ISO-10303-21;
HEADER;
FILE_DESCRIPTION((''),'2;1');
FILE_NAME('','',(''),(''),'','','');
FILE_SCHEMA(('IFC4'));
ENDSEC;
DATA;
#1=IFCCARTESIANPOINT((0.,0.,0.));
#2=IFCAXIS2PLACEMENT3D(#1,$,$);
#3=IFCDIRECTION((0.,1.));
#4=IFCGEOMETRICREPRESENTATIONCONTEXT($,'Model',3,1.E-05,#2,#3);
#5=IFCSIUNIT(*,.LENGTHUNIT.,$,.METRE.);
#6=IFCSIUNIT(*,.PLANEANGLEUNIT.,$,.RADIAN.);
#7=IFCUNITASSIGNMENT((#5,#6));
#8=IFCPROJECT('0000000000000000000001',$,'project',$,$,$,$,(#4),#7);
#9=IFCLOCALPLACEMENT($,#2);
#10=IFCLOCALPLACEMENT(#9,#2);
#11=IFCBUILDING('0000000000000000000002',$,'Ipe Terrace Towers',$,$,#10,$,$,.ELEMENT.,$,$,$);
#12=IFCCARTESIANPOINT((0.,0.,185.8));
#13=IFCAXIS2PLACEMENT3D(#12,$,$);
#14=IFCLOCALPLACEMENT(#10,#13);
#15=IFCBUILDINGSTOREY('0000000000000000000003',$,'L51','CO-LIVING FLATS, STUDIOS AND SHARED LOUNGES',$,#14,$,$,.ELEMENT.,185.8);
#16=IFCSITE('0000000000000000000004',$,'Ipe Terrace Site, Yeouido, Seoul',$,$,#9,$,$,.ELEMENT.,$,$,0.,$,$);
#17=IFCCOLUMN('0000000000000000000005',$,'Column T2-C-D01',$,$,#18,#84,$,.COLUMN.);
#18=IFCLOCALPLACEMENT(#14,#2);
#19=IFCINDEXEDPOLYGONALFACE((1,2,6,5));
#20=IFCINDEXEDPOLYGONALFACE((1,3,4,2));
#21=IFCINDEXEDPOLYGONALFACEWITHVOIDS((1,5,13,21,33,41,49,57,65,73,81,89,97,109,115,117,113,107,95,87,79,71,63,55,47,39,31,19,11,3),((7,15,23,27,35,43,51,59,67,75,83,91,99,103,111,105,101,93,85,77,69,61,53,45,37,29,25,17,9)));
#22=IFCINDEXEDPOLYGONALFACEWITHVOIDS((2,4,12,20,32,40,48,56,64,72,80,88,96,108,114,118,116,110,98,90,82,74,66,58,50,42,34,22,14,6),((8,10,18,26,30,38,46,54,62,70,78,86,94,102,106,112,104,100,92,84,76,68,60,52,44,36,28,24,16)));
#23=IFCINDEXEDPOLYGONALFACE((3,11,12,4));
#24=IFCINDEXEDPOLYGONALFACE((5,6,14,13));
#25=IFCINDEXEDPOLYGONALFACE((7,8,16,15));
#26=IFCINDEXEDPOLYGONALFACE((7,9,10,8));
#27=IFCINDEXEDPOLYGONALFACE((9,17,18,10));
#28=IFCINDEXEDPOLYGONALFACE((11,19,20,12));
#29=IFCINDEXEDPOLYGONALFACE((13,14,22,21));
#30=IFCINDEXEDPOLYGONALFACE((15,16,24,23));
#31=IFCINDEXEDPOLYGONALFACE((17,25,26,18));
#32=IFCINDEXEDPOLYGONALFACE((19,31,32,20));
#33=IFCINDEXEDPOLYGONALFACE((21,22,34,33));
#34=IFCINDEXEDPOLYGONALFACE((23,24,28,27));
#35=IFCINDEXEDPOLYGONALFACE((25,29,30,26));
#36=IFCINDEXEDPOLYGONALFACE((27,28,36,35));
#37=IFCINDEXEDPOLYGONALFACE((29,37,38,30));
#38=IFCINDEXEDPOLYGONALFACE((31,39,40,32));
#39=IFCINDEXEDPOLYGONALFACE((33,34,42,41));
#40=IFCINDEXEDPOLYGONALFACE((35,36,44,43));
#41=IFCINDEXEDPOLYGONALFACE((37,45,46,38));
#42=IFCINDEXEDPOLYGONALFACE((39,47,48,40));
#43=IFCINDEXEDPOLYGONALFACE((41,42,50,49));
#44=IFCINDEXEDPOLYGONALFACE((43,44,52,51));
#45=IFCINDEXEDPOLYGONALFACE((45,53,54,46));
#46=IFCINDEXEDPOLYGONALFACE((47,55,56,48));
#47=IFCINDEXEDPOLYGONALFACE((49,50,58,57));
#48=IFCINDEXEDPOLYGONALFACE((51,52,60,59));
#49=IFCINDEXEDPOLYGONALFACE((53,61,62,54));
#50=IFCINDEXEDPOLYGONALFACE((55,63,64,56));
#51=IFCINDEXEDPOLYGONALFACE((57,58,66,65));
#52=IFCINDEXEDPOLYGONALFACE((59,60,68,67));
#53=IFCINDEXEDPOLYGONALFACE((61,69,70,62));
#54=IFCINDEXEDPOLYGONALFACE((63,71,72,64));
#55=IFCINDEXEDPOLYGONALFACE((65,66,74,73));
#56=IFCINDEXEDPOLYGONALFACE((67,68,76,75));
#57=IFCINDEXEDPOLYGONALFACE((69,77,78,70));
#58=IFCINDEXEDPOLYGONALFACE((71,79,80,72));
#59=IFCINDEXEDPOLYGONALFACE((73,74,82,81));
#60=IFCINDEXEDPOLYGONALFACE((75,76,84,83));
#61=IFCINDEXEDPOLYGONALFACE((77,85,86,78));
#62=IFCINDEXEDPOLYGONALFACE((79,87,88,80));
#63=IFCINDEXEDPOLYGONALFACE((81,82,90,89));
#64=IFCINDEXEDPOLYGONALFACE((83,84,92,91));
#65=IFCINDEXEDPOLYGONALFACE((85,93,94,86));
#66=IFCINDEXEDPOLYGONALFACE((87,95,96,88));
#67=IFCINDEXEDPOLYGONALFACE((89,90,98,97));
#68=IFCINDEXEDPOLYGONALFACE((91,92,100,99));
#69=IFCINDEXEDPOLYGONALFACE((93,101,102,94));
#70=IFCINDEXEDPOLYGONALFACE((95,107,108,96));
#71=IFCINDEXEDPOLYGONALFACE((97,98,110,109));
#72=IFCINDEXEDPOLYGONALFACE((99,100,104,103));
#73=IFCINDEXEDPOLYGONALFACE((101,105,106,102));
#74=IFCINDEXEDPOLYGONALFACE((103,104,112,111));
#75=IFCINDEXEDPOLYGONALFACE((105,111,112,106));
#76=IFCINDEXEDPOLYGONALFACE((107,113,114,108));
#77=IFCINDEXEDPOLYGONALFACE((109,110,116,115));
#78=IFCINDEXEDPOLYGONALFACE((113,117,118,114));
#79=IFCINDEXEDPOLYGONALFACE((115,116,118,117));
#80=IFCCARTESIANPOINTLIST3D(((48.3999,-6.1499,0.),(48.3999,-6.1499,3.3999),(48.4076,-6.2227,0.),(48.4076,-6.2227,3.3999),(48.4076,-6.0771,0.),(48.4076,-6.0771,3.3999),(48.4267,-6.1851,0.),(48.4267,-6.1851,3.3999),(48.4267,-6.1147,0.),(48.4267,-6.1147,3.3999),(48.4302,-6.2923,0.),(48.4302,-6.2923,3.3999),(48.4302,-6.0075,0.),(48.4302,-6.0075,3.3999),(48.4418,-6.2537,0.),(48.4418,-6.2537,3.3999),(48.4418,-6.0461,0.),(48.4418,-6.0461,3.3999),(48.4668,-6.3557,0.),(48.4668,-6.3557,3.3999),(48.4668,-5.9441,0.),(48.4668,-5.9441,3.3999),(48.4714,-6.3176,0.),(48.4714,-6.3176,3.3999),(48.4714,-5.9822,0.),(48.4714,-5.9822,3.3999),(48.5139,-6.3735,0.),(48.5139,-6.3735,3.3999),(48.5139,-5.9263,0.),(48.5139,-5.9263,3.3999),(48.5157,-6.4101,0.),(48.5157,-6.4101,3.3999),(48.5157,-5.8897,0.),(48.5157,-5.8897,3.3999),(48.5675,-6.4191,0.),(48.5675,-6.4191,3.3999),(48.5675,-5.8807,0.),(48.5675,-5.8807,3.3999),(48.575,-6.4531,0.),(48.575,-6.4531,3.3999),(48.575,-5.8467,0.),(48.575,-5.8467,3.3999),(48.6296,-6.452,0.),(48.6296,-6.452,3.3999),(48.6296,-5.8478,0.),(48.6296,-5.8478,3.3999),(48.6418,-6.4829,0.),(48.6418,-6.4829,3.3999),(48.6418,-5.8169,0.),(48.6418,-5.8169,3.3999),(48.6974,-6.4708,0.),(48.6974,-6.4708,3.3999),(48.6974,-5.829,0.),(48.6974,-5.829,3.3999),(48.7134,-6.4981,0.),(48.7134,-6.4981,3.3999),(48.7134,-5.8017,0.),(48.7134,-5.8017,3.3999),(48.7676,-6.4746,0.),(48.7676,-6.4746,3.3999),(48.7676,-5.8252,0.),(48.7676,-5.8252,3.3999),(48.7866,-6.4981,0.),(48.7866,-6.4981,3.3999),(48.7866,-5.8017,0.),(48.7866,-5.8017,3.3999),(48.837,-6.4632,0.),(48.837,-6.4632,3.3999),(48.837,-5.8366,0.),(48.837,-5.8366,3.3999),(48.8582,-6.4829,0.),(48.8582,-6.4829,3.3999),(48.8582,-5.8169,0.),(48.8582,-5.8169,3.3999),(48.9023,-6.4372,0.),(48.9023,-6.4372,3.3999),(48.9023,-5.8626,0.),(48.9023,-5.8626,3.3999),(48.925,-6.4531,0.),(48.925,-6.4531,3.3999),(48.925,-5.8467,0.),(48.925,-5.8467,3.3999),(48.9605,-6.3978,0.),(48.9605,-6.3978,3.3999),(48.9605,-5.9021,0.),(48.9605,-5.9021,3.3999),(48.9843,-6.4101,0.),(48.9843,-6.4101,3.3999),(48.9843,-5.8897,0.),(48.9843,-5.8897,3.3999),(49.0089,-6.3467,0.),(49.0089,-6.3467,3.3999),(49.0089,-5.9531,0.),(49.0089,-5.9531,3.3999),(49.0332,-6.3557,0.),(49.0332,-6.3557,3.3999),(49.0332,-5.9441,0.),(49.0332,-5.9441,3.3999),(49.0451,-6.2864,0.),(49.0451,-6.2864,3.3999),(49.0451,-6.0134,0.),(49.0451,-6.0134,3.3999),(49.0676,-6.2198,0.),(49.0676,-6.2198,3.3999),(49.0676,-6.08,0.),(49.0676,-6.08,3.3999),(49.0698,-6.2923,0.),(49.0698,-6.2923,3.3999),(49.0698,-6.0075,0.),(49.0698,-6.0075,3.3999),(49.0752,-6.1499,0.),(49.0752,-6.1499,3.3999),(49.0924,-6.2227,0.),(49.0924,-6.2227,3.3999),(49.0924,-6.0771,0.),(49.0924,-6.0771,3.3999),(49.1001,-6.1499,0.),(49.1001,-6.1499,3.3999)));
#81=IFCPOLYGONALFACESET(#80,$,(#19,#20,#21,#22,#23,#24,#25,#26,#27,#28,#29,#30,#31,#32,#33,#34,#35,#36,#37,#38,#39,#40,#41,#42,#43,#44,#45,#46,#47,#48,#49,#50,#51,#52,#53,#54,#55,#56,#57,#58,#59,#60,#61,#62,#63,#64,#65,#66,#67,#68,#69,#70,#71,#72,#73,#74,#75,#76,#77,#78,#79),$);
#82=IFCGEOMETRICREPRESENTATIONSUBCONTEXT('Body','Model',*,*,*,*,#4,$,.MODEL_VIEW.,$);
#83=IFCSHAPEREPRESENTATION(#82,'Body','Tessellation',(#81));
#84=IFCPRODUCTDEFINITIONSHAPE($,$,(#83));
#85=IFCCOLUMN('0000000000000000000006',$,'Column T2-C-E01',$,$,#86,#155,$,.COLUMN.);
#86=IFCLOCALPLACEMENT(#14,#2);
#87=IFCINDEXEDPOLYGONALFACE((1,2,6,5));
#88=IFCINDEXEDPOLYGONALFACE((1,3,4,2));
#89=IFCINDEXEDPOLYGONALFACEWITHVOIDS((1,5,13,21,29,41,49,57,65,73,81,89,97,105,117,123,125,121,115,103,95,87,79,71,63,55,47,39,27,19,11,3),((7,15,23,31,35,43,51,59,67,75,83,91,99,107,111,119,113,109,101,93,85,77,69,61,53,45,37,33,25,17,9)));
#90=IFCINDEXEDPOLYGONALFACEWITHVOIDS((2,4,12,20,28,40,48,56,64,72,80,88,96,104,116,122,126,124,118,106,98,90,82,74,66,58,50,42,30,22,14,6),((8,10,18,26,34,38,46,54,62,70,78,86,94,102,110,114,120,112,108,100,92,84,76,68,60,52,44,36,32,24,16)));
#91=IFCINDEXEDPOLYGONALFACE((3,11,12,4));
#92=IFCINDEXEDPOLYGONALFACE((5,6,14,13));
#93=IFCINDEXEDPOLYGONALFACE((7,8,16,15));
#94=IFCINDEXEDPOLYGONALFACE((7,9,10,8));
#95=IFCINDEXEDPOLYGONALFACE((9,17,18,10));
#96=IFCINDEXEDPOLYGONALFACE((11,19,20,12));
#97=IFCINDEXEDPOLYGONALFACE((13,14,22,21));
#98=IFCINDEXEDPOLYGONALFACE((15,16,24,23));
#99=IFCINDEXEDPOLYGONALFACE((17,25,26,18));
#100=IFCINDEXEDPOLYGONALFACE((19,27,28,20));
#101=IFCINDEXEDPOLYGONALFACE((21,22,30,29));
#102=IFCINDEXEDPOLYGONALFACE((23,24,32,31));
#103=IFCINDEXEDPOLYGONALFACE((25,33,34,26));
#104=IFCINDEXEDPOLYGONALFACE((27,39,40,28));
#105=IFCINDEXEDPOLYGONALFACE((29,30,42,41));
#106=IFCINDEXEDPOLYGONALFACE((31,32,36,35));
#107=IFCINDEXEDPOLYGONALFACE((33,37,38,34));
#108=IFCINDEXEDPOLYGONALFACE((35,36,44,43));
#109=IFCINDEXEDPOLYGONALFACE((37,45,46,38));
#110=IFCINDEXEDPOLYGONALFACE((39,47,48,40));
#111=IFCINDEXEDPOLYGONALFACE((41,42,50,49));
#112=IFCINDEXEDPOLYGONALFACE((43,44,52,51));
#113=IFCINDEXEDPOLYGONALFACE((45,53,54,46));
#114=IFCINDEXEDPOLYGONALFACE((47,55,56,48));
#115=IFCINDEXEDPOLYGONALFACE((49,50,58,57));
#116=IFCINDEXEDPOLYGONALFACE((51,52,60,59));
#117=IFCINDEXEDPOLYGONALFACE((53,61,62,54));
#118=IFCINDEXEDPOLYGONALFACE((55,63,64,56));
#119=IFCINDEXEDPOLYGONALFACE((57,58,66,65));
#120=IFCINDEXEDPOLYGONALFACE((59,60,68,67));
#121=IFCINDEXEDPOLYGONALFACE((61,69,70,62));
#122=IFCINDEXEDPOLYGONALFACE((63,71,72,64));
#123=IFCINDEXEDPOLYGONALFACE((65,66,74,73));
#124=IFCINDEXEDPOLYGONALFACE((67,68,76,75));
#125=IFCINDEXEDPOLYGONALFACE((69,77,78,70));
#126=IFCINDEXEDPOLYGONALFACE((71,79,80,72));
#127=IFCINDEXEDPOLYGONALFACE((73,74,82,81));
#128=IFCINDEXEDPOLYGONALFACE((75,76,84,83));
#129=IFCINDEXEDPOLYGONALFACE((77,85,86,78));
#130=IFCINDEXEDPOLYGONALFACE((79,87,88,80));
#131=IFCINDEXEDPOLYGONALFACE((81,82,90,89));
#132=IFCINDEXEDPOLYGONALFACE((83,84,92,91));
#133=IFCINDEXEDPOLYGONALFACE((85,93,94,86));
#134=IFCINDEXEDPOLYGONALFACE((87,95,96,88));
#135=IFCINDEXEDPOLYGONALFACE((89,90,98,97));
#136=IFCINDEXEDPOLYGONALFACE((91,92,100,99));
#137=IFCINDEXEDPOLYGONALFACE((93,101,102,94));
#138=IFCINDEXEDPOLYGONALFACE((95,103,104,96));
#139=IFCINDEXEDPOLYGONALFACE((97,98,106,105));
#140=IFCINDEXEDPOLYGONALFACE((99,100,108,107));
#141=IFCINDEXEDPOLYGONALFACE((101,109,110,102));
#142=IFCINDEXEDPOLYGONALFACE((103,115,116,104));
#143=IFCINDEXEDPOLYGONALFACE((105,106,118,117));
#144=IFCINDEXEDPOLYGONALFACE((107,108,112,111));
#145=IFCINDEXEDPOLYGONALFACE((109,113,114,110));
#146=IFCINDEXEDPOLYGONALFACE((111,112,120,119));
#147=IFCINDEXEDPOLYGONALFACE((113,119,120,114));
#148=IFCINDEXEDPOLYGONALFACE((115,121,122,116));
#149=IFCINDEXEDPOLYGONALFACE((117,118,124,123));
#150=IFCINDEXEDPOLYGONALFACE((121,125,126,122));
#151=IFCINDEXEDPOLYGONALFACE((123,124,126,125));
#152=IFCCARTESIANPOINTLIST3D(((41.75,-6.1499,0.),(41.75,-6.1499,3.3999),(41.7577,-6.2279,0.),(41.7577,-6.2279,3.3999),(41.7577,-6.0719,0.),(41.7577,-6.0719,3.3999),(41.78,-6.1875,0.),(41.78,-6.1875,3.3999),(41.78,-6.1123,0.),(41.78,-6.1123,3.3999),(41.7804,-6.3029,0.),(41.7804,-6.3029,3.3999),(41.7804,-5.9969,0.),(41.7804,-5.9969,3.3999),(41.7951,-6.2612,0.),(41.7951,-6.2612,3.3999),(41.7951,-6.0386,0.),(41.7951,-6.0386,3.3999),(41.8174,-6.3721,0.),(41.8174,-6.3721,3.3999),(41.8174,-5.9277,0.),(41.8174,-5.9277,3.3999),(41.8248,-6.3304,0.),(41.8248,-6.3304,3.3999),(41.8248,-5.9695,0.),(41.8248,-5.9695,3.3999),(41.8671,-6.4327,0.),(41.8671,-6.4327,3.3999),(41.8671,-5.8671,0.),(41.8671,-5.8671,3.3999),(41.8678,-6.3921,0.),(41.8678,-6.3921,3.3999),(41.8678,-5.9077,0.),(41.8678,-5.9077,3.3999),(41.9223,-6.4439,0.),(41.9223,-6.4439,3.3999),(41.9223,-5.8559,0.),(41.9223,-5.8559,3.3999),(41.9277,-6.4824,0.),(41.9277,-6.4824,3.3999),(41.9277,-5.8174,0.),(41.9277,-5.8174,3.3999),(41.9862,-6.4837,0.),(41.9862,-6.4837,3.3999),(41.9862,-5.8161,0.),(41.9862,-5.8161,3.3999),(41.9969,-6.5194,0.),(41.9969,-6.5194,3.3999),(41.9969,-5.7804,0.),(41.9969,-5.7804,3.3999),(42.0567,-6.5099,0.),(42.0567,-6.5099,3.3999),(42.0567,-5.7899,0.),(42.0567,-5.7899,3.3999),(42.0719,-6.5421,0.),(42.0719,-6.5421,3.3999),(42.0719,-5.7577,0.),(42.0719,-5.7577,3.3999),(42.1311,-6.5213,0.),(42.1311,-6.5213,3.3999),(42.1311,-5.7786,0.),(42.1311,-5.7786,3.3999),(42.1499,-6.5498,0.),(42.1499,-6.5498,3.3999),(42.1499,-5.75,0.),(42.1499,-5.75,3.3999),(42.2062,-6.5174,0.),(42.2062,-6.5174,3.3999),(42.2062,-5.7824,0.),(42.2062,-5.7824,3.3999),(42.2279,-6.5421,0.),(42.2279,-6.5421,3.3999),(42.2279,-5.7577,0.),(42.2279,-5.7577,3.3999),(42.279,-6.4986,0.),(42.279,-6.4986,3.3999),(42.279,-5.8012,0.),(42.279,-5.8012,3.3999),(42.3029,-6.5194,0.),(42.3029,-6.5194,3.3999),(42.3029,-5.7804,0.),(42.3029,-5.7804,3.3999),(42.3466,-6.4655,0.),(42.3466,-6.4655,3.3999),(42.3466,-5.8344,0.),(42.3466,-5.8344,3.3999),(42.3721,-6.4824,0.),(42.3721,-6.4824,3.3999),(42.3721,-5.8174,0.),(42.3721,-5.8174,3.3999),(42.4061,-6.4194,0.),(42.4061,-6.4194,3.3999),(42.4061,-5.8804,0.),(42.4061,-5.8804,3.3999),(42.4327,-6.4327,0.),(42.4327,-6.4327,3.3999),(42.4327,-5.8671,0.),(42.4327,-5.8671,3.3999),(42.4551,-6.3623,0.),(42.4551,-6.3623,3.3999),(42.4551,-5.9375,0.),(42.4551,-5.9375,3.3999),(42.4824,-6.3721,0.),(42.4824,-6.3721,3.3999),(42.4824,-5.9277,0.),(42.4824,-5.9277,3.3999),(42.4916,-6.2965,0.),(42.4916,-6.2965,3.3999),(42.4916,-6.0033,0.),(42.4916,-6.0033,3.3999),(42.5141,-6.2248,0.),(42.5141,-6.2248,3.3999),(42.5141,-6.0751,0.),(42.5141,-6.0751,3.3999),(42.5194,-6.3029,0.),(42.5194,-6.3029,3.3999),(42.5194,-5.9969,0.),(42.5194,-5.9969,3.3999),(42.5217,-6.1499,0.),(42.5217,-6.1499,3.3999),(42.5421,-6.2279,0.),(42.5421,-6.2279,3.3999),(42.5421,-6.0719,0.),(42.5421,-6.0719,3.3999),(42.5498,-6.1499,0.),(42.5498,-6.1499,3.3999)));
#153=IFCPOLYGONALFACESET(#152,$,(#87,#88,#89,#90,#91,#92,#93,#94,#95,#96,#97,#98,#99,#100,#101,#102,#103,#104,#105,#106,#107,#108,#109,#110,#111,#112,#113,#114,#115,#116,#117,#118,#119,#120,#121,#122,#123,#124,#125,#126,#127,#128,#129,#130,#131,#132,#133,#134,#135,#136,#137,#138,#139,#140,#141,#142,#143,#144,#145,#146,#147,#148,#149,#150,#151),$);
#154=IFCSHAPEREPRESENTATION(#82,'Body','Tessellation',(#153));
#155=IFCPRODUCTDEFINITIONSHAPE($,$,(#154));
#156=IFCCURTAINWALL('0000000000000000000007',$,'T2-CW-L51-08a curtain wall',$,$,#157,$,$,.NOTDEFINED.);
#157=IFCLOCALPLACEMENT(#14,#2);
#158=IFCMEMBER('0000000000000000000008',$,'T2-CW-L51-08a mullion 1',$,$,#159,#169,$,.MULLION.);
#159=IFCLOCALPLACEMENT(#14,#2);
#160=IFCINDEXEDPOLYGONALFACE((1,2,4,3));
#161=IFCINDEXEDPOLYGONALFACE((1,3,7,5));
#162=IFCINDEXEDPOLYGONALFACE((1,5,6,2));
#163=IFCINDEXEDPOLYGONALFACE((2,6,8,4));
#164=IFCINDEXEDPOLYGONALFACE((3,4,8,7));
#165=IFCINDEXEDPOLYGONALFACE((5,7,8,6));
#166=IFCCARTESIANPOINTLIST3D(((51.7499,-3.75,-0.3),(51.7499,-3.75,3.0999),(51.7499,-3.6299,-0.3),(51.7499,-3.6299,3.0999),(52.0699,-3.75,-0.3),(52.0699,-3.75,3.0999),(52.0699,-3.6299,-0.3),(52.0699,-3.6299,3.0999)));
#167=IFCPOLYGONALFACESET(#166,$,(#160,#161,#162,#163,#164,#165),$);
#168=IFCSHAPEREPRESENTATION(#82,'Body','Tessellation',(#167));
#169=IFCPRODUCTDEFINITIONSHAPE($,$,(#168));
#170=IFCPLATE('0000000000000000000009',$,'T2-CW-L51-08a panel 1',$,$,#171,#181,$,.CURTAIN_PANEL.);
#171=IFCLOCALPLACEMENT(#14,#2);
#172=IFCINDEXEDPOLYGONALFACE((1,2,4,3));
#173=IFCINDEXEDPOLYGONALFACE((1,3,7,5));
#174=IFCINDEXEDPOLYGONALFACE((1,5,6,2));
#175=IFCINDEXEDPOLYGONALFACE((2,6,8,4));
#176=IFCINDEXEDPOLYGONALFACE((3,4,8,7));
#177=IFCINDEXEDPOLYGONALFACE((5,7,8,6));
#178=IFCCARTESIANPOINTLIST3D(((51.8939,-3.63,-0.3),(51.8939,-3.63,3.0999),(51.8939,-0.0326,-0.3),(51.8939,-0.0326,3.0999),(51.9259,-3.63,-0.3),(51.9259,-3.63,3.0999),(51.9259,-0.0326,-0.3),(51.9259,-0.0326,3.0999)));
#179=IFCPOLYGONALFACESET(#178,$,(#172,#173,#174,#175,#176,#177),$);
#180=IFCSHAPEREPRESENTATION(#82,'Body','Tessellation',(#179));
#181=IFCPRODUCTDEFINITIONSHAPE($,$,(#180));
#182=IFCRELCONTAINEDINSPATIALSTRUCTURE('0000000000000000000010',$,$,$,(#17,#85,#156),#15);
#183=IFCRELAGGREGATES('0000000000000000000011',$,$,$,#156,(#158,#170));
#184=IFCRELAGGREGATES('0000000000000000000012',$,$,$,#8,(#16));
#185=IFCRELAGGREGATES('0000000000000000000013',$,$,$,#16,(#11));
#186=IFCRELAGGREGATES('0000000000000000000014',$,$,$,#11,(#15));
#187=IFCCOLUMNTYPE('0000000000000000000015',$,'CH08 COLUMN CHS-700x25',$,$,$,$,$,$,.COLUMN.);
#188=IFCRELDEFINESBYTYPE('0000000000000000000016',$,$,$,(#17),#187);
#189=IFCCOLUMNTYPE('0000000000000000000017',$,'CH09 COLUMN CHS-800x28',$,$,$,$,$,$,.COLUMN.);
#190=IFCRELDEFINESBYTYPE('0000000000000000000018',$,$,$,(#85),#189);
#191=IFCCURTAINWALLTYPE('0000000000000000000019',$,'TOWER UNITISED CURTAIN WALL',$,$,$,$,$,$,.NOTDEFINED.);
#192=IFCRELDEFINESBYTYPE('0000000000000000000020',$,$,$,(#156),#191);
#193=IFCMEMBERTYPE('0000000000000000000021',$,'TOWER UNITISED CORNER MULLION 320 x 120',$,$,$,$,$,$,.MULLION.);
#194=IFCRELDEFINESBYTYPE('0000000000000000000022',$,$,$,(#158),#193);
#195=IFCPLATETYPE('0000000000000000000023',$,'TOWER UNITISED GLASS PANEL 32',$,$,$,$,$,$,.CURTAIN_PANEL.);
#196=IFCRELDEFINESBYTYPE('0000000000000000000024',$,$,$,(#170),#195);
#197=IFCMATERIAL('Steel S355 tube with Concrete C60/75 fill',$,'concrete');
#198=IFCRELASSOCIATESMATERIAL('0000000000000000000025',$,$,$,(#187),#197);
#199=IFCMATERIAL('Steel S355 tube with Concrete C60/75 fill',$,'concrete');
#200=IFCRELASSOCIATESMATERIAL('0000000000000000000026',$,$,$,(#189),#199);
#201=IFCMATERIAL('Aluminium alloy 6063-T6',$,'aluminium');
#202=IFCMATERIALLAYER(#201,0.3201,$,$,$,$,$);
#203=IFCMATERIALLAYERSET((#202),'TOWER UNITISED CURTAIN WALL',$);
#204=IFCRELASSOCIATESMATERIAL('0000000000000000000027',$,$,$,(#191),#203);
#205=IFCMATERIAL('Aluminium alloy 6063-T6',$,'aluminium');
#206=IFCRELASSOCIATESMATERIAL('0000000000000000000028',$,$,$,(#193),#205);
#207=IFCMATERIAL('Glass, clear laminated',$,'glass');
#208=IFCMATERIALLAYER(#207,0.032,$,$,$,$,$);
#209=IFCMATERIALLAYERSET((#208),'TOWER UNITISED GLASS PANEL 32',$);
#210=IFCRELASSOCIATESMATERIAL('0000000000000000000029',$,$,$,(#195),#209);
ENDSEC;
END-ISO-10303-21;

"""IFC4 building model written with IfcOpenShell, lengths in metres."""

from ifc_helpers import new_model, si_unit, direction, frame, origin, origin_2d, place, context, subcontext, project, spatial, rectangle, hollow_circle, extrude, material, layer, layer_set, material_profile, profile_set, type_object, element, aggregate, save


model = new_model("IFC4")

# Units and contexts
model_context = context("Model", 3, precision=1e-05, world=origin(), true_north=direction((0.0, 1.0)))
body_context = subcontext(model_context, "Body", "Model", "MODEL_VIEW")
ifc_project = project(units=[si_unit("LENGTHUNIT", "METRE"), si_unit("PLANEANGLEUNIT", "RADIAN")], contexts=[model_context])

# Site, building, storey
site_placement = place(None, origin())
site = spatial("IfcSite", under=ifc_project, at=site_placement, Name="Ipe Terrace Site, Yeouido, Seoul", CompositionType="ELEMENT", RefElevation=0.0)
building_placement = place(site_placement, origin())
building = spatial("IfcBuilding", under=site, at=building_placement, Name="Ipe Terrace Towers", CompositionType="ELEMENT")
storey_placement = place(building_placement, frame((0.0, 0.0, 185.8)))
storey = spatial("IfcBuildingStorey", under=building, at=storey_placement, Name="L51", Description="CO-LIVING FLATS, STUDIOS AND SHARED LOUNGES", CompositionType="ELEMENT", Elevation=185.8)

# Columns
ifc_material_1 = material(Name="Steel S355 tube with Concrete C60/75 fill", Category="concrete")
ifc_material_profile_1 = material_profile(ifc_material_1, hollow_circle(Radius=0.3501, WallThickness=0.0249, at=origin_2d()), Name="CHS-700x25")
ifc_profile_set_1 = profile_set([ifc_material_profile_1], Name="Steel S355 tube with Concrete C60/75 fill")
column_type_1 = type_object("IfcColumnType", Name="CH08 COLUMN CHS-700x25", PredefinedType="COLUMN", material=ifc_profile_set_1)
column_1_placement = place(storey_placement, frame((48.75, -6.1499, 0.0), z_axis=(0.0, 0.0, 1.0), x_axis=(1.0, 0.0, 0.0)))
element("IfcColumn", 1, at=column_1_placement, inside=storey, type_object=column_type_1, Name="Column T2-C-D01", PredefinedType="COLUMN", context=body_context, shape_type="SweptSolid", body=[
    extrude(hollow_circle(Radius=0.3501, WallThickness=0.0249, at=origin_2d()), origin(), (0.0, 0.0, 1.0), 3.3999),
])
ifc_material_2 = material(Name="Steel S355 tube with Concrete C60/75 fill", Category="concrete")
ifc_material_profile_2 = material_profile(ifc_material_2, hollow_circle(Radius=0.3999, WallThickness=0.0281, at=origin_2d()), Name="CHS-800x28")
ifc_profile_set_2 = profile_set([ifc_material_profile_2], Name="Steel S355 tube with Concrete C60/75 fill")
column_type_2 = type_object("IfcColumnType", Name="CH09 COLUMN CHS-800x28", PredefinedType="COLUMN", material=ifc_profile_set_2)
column_2_placement = place(storey_placement, frame((42.1499, -6.1499, 0.0), z_axis=(0.0, 0.0, 1.0), x_axis=(1.0, 0.0, 0.0)))
element("IfcColumn", 2, at=column_2_placement, inside=storey, type_object=column_type_2, Name="Column T2-C-E01", PredefinedType="COLUMN", context=body_context, shape_type="SweptSolid", body=[
    extrude(hollow_circle(Radius=0.3999, WallThickness=0.0281, at=origin_2d()), origin(), (0.0, 0.0, 1.0), 3.3999),
])

# Curtain wall, member, plate
ifc_material_3 = material(Name="Aluminium alloy 6063-T6", Category="aluminium")
ifc_layer_1 = layer(ifc_material_3, 0.3201)
ifc_layer_set_1 = layer_set([ifc_layer_1], Name="TOWER UNITISED CURTAIN WALL")
curtain_wall_type = type_object("IfcCurtainWallType", Name="TOWER UNITISED CURTAIN WALL", PredefinedType="NOTDEFINED", material=ifc_layer_set_1)
curtain_wall_placement = place(storey_placement, origin())
curtain_wall = element("IfcCurtainWall", 3, at=curtain_wall_placement, inside=storey, type_object=curtain_wall_type, Name="T2-CW-L51-08a curtain wall", PredefinedType="NOTDEFINED")
ifc_material_4 = material(Name="Aluminium alloy 6063-T6", Category="aluminium")
ifc_material_profile_3 = material_profile(ifc_material_4, rectangle(XDim=0.3201, YDim=0.1201, at=origin_2d()), Name="TOWER UNITISED CORNER MULLION 320 x 120")
ifc_profile_set_3 = profile_set([ifc_material_profile_3], Name="Aluminium alloy 6063-T6")
member_type = type_object("IfcMemberType", Name="TOWER UNITISED CORNER MULLION 320 x 120", PredefinedType="MULLION", material=ifc_profile_set_3)
member_placement = place(storey_placement, frame((51.9099, -3.6899, -0.3), z_axis=(0.0, 0.0, 1.0), x_axis=(1.0, 0.0, 0.0)))
member = element("IfcMember", 4, at=member_placement, type_object=member_type, Name="T2-CW-L51-08a mullion 1", PredefinedType="MULLION", context=body_context, shape_type="SweptSolid", body=[
    extrude(rectangle(XDim=0.3201, YDim=0.1201, at=origin_2d()), origin(), (0.0, 0.0, 1.0), 3.3999),
])
ifc_material_5 = material(Name="Glass, clear laminated", Category="glass")
ifc_layer_2 = layer(ifc_material_5, 0.032)
ifc_layer_set_2 = layer_set([ifc_layer_2], Name="TOWER UNITISED GLASS PANEL 32")
plate_type = type_object("IfcPlateType", Name="TOWER UNITISED GLASS PANEL 32", PredefinedType="CURTAIN_PANEL", material=ifc_layer_set_2)
plate_placement = place(storey_placement, frame((51.9099, -1.8313, -0.3), z_axis=(0.0, 0.0, 1.0), x_axis=(0.0, 1.0, 0.0)))
plate = element("IfcPlate", 5, at=plate_placement, type_object=plate_type, Name="T2-CW-L51-08a panel 1", PredefinedType="CURTAIN_PANEL", context=body_context, shape_type="SweptSolid", body=[
    extrude(rectangle(XDim=3.5974, YDim=0.032, at=origin_2d()), origin(), (0.0, 0.0, 1.0), 3.3999),
])
aggregate(curtain_wall, [member, plate])

save(model, "model.ifc")
